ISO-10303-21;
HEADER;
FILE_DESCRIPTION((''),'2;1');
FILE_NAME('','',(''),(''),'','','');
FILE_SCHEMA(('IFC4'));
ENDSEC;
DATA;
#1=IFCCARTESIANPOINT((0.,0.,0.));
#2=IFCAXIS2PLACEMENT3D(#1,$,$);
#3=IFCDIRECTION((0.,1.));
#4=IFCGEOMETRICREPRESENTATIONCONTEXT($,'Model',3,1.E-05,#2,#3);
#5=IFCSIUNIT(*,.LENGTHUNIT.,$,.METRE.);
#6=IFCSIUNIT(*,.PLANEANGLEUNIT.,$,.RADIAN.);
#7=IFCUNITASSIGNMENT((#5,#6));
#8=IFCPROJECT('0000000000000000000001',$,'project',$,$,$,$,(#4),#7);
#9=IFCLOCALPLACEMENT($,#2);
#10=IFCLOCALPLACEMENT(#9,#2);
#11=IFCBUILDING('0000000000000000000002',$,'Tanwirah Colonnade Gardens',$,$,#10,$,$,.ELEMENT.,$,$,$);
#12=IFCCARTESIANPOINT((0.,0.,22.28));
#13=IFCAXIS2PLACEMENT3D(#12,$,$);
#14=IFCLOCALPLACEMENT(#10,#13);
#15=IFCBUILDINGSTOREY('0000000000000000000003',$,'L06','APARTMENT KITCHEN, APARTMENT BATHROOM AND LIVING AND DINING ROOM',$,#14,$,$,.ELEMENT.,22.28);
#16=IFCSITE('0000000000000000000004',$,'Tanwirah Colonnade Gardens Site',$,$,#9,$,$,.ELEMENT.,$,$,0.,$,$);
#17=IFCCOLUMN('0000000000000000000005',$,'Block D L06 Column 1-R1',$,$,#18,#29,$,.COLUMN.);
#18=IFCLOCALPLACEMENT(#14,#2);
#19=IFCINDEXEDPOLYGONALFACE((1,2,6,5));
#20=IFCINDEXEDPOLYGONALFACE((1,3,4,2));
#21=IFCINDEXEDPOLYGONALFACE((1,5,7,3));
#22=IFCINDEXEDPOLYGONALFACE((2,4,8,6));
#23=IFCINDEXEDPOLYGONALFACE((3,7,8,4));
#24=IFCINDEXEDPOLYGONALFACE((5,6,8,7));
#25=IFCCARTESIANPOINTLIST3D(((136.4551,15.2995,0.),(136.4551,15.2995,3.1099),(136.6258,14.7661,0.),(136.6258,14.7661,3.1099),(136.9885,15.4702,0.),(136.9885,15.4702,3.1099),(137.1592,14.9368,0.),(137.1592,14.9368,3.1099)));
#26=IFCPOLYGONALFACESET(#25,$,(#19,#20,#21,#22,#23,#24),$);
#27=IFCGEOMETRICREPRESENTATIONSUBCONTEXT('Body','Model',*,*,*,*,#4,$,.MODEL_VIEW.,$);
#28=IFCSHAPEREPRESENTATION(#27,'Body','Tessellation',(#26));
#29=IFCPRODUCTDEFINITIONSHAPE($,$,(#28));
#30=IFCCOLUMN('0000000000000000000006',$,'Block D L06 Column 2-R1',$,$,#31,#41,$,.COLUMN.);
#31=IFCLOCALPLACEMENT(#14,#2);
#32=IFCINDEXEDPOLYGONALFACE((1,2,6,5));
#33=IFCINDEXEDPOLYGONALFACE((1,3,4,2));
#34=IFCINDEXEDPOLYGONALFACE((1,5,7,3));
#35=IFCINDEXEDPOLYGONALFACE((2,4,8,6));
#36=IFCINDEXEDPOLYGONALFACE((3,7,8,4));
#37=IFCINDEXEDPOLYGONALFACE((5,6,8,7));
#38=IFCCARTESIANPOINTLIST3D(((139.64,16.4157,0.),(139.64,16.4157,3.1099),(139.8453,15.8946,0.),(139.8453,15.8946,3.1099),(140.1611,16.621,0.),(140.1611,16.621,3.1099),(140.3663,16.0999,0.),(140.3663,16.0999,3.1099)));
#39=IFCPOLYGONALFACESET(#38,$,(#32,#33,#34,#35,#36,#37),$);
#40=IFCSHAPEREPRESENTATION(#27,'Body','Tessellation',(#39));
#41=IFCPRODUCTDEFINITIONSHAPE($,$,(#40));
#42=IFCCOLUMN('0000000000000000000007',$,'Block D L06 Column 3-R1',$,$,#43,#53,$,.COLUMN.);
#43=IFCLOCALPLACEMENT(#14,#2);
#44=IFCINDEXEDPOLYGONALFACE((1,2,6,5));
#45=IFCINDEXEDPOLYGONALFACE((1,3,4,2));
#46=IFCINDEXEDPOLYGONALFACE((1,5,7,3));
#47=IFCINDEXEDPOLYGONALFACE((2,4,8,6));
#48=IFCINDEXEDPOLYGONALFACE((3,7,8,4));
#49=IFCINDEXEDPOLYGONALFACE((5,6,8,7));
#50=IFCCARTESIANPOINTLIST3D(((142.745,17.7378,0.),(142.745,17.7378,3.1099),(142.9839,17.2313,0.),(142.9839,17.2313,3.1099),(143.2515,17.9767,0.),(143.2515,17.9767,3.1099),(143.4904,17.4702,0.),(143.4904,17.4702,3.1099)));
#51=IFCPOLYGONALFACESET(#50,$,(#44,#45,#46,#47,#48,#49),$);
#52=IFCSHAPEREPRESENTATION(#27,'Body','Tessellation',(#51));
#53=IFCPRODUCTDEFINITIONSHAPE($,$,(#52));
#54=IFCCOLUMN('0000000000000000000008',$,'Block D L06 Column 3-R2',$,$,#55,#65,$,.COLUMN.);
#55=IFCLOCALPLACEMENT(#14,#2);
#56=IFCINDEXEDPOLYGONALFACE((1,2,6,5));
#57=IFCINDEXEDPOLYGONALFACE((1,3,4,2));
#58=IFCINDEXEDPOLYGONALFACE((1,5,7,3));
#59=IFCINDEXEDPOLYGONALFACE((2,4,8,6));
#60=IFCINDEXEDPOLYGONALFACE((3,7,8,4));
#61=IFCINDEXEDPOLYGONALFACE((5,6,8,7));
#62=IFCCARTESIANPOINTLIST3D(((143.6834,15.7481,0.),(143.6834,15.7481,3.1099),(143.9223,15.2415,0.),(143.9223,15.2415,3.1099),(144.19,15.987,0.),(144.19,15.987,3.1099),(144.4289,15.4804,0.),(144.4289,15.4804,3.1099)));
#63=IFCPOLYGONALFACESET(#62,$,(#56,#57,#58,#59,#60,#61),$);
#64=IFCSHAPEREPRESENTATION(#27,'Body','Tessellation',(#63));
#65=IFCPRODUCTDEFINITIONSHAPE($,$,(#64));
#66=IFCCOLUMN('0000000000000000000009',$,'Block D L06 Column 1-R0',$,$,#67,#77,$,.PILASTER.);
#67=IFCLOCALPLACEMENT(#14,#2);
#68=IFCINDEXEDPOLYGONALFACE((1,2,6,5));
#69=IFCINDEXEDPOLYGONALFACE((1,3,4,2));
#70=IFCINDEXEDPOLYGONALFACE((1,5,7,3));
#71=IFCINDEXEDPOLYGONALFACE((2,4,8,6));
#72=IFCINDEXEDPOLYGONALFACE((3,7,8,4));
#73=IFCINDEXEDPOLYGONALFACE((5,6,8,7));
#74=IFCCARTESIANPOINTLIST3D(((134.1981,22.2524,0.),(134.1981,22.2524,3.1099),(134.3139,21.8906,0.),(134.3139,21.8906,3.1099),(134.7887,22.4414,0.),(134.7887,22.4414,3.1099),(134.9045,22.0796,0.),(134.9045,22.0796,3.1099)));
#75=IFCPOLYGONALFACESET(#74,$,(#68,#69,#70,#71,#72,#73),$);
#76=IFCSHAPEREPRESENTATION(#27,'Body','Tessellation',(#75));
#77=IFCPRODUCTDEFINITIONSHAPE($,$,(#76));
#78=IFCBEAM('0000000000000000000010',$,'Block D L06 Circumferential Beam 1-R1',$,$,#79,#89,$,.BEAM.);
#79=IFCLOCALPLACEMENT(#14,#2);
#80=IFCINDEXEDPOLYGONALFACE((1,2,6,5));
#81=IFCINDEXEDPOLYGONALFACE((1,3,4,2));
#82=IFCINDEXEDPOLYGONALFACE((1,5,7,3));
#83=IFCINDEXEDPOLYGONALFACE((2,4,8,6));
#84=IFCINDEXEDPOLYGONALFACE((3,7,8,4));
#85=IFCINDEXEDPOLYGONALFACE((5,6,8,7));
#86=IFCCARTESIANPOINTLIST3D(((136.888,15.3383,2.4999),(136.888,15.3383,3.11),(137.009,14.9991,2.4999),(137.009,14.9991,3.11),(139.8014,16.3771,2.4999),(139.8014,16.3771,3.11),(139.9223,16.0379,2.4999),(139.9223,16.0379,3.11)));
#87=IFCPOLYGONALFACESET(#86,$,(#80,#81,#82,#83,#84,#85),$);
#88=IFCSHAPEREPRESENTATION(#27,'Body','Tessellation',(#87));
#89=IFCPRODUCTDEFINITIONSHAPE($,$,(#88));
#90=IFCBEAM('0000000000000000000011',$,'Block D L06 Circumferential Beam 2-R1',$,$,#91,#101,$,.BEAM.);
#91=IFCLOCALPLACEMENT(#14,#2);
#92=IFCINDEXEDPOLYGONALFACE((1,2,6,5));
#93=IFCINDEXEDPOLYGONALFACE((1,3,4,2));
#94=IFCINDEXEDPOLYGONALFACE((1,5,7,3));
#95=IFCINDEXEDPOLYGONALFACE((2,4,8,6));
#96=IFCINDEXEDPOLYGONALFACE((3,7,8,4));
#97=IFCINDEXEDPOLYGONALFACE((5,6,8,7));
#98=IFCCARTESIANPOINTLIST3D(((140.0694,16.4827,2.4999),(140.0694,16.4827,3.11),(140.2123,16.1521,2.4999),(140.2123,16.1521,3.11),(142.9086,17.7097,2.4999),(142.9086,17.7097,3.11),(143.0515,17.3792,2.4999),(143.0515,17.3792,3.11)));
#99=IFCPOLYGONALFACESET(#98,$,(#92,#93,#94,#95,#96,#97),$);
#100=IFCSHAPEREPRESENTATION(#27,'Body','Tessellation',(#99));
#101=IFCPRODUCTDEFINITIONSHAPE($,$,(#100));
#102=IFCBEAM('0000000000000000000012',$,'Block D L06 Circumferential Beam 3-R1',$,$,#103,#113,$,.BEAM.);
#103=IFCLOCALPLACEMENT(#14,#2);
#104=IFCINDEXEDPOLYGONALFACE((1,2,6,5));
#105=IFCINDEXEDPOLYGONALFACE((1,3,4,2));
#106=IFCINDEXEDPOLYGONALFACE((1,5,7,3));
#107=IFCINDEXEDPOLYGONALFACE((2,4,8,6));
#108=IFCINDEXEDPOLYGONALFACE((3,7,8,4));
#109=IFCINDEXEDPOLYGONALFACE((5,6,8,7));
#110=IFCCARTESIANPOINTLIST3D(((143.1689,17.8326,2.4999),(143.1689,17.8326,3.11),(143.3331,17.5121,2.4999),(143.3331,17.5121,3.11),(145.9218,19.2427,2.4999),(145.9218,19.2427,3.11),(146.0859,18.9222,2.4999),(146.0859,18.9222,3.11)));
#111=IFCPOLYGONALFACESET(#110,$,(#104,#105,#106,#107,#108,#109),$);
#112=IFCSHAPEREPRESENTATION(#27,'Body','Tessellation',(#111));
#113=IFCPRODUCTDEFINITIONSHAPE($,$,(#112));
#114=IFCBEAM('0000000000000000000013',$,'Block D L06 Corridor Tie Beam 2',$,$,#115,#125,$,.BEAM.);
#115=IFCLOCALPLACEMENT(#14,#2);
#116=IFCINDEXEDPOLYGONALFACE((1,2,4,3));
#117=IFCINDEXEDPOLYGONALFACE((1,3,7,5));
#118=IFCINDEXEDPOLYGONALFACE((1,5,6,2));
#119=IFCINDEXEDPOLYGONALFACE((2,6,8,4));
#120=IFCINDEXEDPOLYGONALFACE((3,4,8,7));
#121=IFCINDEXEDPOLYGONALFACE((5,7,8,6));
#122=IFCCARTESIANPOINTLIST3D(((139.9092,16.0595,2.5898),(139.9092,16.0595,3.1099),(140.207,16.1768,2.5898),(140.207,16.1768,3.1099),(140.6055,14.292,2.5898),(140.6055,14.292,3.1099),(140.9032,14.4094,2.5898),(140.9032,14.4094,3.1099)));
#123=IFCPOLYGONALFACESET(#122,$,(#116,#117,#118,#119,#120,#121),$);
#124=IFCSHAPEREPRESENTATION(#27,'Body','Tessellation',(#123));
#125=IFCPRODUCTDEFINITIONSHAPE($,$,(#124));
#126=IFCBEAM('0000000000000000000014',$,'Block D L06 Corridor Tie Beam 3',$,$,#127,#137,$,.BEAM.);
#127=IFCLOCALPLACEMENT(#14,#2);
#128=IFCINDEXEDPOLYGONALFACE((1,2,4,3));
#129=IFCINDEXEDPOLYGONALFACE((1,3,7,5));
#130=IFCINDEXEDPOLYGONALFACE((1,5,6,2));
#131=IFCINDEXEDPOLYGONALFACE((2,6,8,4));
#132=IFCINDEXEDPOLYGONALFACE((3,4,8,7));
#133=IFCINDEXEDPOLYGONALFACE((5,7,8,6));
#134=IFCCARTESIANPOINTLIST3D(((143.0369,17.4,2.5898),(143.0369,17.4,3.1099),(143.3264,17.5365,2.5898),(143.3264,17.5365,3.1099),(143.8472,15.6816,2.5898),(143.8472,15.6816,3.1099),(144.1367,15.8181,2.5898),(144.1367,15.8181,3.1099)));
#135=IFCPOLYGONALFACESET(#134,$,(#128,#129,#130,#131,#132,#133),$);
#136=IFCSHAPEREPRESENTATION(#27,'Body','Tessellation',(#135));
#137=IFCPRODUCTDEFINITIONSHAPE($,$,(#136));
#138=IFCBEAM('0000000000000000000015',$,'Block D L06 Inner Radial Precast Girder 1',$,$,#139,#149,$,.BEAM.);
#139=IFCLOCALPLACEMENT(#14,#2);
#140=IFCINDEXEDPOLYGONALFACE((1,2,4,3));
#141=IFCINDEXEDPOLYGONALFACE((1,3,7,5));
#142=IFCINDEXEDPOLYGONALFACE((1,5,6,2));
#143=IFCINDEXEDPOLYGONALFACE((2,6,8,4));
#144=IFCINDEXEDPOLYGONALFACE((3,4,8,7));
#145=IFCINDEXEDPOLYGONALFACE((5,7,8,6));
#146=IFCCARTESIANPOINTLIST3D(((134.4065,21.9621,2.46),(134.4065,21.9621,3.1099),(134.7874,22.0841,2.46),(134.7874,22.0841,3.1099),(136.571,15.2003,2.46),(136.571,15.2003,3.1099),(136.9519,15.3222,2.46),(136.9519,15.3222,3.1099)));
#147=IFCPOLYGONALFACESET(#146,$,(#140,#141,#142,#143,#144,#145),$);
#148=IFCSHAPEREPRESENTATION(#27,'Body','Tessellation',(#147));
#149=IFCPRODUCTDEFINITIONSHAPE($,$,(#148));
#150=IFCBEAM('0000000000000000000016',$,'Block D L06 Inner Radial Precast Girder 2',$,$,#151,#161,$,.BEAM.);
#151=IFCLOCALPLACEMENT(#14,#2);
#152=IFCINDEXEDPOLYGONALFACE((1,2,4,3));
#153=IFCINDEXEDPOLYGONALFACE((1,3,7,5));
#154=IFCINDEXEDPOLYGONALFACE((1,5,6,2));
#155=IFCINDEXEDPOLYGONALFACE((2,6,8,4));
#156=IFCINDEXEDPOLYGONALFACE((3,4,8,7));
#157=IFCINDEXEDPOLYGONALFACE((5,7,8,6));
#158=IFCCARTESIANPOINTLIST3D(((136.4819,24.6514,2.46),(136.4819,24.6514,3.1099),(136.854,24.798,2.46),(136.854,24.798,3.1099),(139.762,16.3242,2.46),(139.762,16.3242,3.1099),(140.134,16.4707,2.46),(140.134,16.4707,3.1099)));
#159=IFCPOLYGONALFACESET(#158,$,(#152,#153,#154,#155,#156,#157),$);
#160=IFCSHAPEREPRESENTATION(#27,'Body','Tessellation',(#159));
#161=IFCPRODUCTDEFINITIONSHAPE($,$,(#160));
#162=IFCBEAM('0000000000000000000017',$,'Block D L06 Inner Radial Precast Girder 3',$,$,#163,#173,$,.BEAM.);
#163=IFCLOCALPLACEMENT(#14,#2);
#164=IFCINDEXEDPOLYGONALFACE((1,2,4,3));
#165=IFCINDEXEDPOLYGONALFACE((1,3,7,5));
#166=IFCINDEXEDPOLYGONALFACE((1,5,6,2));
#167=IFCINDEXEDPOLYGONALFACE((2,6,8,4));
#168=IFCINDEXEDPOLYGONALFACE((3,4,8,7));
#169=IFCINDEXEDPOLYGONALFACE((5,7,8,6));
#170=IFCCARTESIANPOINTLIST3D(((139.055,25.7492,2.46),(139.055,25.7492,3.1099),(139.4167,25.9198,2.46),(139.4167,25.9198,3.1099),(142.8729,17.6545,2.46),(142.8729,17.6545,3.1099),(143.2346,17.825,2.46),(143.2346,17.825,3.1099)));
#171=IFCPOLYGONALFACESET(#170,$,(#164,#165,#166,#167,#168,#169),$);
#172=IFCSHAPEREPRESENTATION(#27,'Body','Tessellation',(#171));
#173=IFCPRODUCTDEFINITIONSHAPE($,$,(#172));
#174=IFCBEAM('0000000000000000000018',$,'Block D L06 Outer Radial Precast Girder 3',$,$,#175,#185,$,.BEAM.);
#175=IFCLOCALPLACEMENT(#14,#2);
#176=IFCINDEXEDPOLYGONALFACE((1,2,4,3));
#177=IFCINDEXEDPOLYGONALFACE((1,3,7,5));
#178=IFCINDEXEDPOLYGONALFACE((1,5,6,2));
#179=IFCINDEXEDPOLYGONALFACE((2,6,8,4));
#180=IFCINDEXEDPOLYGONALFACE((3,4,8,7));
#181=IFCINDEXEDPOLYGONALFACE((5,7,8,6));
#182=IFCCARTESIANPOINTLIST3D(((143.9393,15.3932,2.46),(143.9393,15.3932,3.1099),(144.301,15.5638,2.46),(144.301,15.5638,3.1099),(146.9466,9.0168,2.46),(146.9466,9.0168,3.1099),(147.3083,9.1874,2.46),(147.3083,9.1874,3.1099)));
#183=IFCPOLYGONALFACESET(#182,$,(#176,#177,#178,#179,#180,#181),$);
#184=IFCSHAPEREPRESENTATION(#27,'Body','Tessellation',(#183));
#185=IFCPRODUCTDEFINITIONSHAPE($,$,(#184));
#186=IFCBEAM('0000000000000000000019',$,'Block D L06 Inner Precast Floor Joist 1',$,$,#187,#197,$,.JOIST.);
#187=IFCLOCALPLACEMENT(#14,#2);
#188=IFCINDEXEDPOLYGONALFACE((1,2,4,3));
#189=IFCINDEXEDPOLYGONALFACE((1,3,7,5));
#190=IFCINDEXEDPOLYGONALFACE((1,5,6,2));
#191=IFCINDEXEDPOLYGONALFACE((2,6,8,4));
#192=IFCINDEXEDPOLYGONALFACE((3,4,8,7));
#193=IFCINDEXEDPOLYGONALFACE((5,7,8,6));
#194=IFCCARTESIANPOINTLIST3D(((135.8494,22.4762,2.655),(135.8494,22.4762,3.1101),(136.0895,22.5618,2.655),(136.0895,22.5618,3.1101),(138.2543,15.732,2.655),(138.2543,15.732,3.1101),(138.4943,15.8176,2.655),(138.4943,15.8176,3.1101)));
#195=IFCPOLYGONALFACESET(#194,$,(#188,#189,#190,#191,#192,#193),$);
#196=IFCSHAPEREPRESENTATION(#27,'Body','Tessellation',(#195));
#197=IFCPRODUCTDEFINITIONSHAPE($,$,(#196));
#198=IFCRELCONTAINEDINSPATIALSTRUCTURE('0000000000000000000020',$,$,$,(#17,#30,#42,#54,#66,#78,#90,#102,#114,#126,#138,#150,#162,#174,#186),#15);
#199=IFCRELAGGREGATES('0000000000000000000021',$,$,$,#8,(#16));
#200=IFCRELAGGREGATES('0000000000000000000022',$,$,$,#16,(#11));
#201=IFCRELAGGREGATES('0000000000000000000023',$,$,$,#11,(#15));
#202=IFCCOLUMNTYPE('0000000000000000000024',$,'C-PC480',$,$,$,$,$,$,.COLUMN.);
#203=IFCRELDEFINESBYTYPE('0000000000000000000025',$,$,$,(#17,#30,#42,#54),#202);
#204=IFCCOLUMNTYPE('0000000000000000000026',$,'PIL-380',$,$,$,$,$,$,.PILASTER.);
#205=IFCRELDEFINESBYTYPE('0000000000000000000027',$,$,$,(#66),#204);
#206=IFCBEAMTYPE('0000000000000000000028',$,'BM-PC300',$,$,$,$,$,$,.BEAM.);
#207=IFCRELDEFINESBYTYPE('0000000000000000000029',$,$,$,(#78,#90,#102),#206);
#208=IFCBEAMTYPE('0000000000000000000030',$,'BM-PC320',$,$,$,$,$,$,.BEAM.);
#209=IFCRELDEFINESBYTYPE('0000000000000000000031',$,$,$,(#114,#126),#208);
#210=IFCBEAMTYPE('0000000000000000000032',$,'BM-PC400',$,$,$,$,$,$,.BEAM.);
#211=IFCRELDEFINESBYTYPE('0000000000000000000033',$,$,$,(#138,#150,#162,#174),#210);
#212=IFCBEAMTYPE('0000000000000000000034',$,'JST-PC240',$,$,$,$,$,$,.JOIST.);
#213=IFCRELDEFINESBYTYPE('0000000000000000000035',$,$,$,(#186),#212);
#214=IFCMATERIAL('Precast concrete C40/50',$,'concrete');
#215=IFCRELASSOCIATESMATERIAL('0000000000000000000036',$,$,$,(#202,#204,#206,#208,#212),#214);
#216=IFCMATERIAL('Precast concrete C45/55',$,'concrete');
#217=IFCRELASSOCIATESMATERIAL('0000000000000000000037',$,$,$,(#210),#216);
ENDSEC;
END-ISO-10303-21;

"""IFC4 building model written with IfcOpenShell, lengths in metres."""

from ifc_helpers import new_model, si_unit, direction, frame, origin, origin_2d, place, context, subcontext, project, spatial, rectangle, extrude, material, material_profile, profile_set, type_object, element, save


model = new_model("IFC4")

# Units and contexts
model_context = context("Model", 3, precision=1e-05, world=origin(), true_north=direction((0.0, 1.0)))
body_context = subcontext(model_context, "Body", "Model", "MODEL_VIEW")
ifc_project = project(units=[si_unit("LENGTHUNIT", "METRE"), si_unit("PLANEANGLEUNIT", "RADIAN")], contexts=[model_context])

# Site, building, storey
site_placement = place(None, origin())
site = spatial("IfcSite", under=ifc_project, at=site_placement, Name="Tanwirah Colonnade Gardens Site", CompositionType="ELEMENT", RefElevation=0.0)
building_placement = place(site_placement, origin())
building = spatial("IfcBuilding", under=site, at=building_placement, Name="Tanwirah Colonnade Gardens", CompositionType="ELEMENT")
storey_placement = place(building_placement, frame((0.0, 0.0, 22.28)))
storey = spatial("IfcBuildingStorey", under=building, at=storey_placement, Name="L06", Description="APARTMENT KITCHEN, APARTMENT BATHROOM AND LIVING AND DINING ROOM", CompositionType="ELEMENT", Elevation=22.28)

# Columns
ifc_material_1 = material(Name="Precast concrete C40/50", Category="concrete")
ifc_material_profile_1 = material_profile(ifc_material_1, rectangle(XDim=0.5601, YDim=0.5601, at=origin_2d()), Name="PC-COL 560x560")
ifc_profile_set_1 = profile_set([ifc_material_profile_1], Name="Precast concrete C40/50")
column_type_1 = type_object("IfcColumnType", Name="C-PC480", PredefinedType="COLUMN", material=ifc_profile_set_1)
for number, where, z_axis, x_axis, name in (
    (1, (136.8071, 15.1182, 0.0), (0.0, 0.0, 1.0), (0.304864, -0.952396, 0.0), "Block D L06 Column 1-R1"),
    (2, (140.0032, 16.2578, 0.0), (0.0, 0.0, 1.0), (0.366501, -0.930418, 0.0), "Block D L06 Column 2-R1"),
    (3, (143.1177, 17.604, 0.0), (0.0, 0.0, 1.0), (0.426569, -0.904455, 0.0), "Block D L06 Column 3-R1"),
    (4, (144.0562, 15.6143, 0.0), (0.0, 0.0, 1.0), (0.426569, -0.904455, 0.0), "Block D L06 Column 3-R2"),
):
    element("IfcColumn", number, at=place(storey_placement, frame(where, z_axis=z_axis, x_axis=x_axis)), inside=storey, type_object=column_type_1, Name=name, PredefinedType="COLUMN", context=body_context, shape_type="SweptSolid", body=[
        extrude(rectangle(XDim=0.5601, YDim=0.5601, at=origin_2d()), origin(), (0.0, 0.0, 1.0), 3.1099),
    ])
ifc_material_profile_2 = material_profile(ifc_material_1, rectangle(XDim=0.3799, YDim=0.6201, at=origin_2d()), Name="PC-PIL 380x620")
ifc_profile_set_2 = profile_set([ifc_material_profile_2], Name="Precast concrete C40/50")
column_type_2 = type_object("IfcColumnType", Name="PIL-380", PredefinedType="PILASTER", material=ifc_profile_set_2)
column_placement = place(storey_placement, frame((134.5513, 22.166, 0.0), z_axis=(0.0, 0.0, 1.0), x_axis=(0.304864, -0.952396, 0.0)))
element("IfcColumn", 5, at=column_placement, inside=storey, type_object=column_type_2, Name="Block D L06 Column 1-R0", PredefinedType="PILASTER", context=body_context, shape_type="SweptSolid", body=[
    extrude(rectangle(XDim=0.3799, YDim=0.6201, at=origin_2d()), origin(), (0.0, 0.0, 1.0), 3.1099),
])

# Beams
ifc_material_profile_3 = material_profile(ifc_material_1, rectangle(XDim=0.3601, YDim=0.6101, at=origin_2d()), Name="PC-BM 360x610")
ifc_profile_set_3 = profile_set([ifc_material_profile_3], Name="Precast concrete C40/50")
beam_type_1 = type_object("IfcBeamType", Name="BM-PC300", PredefinedType="BEAM", material=ifc_profile_set_3)
for number, where, z_axis, x_axis, name in (
    (6, (136.9485, 15.1687, 2.8049), (0.941911, 0.335861, 0.0), (-0.335861, 0.941911, 0.0), "Block D L06 Circumferential Beam 1-R1"),
    (7, (140.1409, 16.3174, 2.8049), (0.917936, 0.396728, 0.0), (-0.396728, 0.917936, 0.0), "Block D L06 Circumferential Beam 2-R1"),
    (8, (143.251, 17.6724, 2.8049), (0.890028, 0.455906, 0.0), (-0.455906, 0.890028, 0.0), "Block D L06 Circumferential Beam 3-R1"),
):
    element("IfcBeam", number, at=place(storey_placement, frame(where, z_axis=z_axis, x_axis=x_axis)), inside=storey, type_object=beam_type_1, Name=name, PredefinedType="BEAM", context=body_context, shape_type="SweptSolid", body=[
        extrude(rectangle(XDim=0.3601, YDim=0.6101, at=origin_2d()), origin(), (0.0, 0.0, 1.0), 3.093),
    ])
ifc_material_profile_4 = material_profile(ifc_material_1, rectangle(XDim=0.3201, YDim=0.52, at=origin_2d()), Name="PC-BM 320x520")
ifc_profile_set_4 = profile_set([ifc_material_profile_4], Name="Precast concrete C40/50")
beam_type_2 = type_object("IfcBeamType", Name="BM-PC320", PredefinedType="BEAM", material=ifc_profile_set_4)
beam_1_placement = place(storey_placement, frame((140.0581, 16.1182, 2.8499), z_axis=(0.366511, -0.930414, 0.0), x_axis=(0.930414, 0.366511, 0.0)))
element("IfcBeam", 9, at=beam_1_placement, inside=storey, type_object=beam_type_2, Name="Block D L06 Corridor Tie Beam 2", PredefinedType="BEAM", context=body_context, shape_type="SweptSolid", body=[
    extrude(rectangle(XDim=0.3201, YDim=0.52, at=origin_2d()), origin(), (0.0, 0.0, 1.0), 1.8997),
])
beam_2_placement = place(storey_placement, frame((143.1816, 17.4683, 2.8499), z_axis=(0.426484, -0.904495, 0.0), x_axis=(0.904495, 0.426484, 0.0)))
element("IfcBeam", 10, at=beam_2_placement, inside=storey, type_object=beam_type_2, Name="Block D L06 Corridor Tie Beam 3", PredefinedType="BEAM", context=body_context, shape_type="SweptSolid", body=[
    extrude(rectangle(XDim=0.3201, YDim=0.52, at=origin_2d()), origin(), (0.0, 0.0, 1.0), 1.8999),
])
ifc_material_2 = material(Name="Precast concrete C45/55", Category="concrete")
ifc_material_profile_5 = material_profile(ifc_material_2, rectangle(XDim=0.3999, YDim=0.6499, at=origin_2d()), Name="PC-BM 400x650")
ifc_profile_set_5 = profile_set([ifc_material_profile_5], Name="Precast concrete C45/55")
beam_type_3 = type_object("IfcBeamType", Name="BM-PC400", PredefinedType="BEAM", material=ifc_profile_set_5)
beam_3_placement = place(storey_placement, frame((136.7615, 15.2612, 2.7849), z_axis=(-0.304868, 0.952395, 0.0), x_axis=(-0.952395, -0.304868, 0.0)))
element("IfcBeam", 11, at=beam_3_placement, inside=storey, type_object=beam_type_3, Name="Block D L06 Inner Radial Precast Girder 1", PredefinedType="BEAM", context=body_context, shape_type="SweptSolid", body=[
    extrude(rectangle(XDim=0.3999, YDim=0.6499, at=origin_2d()), origin(), (0.0, 0.0, 1.0), 7.0999),
])
for number, where, z_axis, x_axis, name in (
    (12, (139.948, 16.3975, 2.7849), (-0.366489, 0.930422, 0.0), (-0.930422, -0.366489, 0.0), "Block D L06 Inner Radial Precast Girder 2"),
    (13, (143.0537, 17.7397, 2.7849), (-0.426582, 0.904449, 0.0), (-0.904449, -0.426582, 0.0), "Block D L06 Inner Radial Precast Girder 3"),
):
    element("IfcBeam", number, at=place(storey_placement, frame(where, z_axis=z_axis, x_axis=x_axis)), inside=storey, type_object=beam_type_3, Name=name, PredefinedType="BEAM", context=body_context, shape_type="SweptSolid", body=[
        extrude(rectangle(XDim=0.3999, YDim=0.6499, at=origin_2d()), origin(), (0.0, 0.0, 1.0), 8.95),
    ])
beam_4_placement = place(storey_placement, frame((144.1201, 15.4785, 2.7849), z_axis=(0.426567, -0.904456, 0.0), x_axis=(0.904456, 0.426567, 0.0)))
element("IfcBeam", 14, at=beam_4_placement, inside=storey, type_object=beam_type_3, Name="Block D L06 Outer Radial Precast Girder 3", PredefinedType="BEAM", context=body_context, shape_type="SweptSolid", body=[
    extrude(rectangle(XDim=0.3999, YDim=0.6499, at=origin_2d()), origin(), (0.0, 0.0, 1.0), 7.05),
])
ifc_material_profile_6 = material_profile(ifc_material_1, rectangle(XDim=0.2549, YDim=0.4551, at=origin_2d()), Name="PC-JST 255x455")
ifc_profile_set_6 = profile_set([ifc_material_profile_6], Name="Precast concrete C40/50")
beam_type_4 = type_object("IfcBeamType", Name="JST-PC240", PredefinedType="JOIST", material=ifc_profile_set_6)
beam_5_placement = place(storey_placement, frame((135.9695, 22.519, 2.8826), z_axis=(0.335861, -0.941912, 0.0), x_axis=(0.941912, 0.335861, 0.0)))
element("IfcBeam", 15, at=beam_5_placement, inside=storey, type_object=beam_type_4, Name="Block D L06 Inner Precast Floor Joist 1", PredefinedType="JOIST", context=body_context, shape_type="SweptSolid", body=[
    extrude(rectangle(XDim=0.2549, YDim=0.4551, at=origin_2d()), origin(), (0.0, 0.0, 1.0), 7.1602),
])

save(model, "model.ifc")
